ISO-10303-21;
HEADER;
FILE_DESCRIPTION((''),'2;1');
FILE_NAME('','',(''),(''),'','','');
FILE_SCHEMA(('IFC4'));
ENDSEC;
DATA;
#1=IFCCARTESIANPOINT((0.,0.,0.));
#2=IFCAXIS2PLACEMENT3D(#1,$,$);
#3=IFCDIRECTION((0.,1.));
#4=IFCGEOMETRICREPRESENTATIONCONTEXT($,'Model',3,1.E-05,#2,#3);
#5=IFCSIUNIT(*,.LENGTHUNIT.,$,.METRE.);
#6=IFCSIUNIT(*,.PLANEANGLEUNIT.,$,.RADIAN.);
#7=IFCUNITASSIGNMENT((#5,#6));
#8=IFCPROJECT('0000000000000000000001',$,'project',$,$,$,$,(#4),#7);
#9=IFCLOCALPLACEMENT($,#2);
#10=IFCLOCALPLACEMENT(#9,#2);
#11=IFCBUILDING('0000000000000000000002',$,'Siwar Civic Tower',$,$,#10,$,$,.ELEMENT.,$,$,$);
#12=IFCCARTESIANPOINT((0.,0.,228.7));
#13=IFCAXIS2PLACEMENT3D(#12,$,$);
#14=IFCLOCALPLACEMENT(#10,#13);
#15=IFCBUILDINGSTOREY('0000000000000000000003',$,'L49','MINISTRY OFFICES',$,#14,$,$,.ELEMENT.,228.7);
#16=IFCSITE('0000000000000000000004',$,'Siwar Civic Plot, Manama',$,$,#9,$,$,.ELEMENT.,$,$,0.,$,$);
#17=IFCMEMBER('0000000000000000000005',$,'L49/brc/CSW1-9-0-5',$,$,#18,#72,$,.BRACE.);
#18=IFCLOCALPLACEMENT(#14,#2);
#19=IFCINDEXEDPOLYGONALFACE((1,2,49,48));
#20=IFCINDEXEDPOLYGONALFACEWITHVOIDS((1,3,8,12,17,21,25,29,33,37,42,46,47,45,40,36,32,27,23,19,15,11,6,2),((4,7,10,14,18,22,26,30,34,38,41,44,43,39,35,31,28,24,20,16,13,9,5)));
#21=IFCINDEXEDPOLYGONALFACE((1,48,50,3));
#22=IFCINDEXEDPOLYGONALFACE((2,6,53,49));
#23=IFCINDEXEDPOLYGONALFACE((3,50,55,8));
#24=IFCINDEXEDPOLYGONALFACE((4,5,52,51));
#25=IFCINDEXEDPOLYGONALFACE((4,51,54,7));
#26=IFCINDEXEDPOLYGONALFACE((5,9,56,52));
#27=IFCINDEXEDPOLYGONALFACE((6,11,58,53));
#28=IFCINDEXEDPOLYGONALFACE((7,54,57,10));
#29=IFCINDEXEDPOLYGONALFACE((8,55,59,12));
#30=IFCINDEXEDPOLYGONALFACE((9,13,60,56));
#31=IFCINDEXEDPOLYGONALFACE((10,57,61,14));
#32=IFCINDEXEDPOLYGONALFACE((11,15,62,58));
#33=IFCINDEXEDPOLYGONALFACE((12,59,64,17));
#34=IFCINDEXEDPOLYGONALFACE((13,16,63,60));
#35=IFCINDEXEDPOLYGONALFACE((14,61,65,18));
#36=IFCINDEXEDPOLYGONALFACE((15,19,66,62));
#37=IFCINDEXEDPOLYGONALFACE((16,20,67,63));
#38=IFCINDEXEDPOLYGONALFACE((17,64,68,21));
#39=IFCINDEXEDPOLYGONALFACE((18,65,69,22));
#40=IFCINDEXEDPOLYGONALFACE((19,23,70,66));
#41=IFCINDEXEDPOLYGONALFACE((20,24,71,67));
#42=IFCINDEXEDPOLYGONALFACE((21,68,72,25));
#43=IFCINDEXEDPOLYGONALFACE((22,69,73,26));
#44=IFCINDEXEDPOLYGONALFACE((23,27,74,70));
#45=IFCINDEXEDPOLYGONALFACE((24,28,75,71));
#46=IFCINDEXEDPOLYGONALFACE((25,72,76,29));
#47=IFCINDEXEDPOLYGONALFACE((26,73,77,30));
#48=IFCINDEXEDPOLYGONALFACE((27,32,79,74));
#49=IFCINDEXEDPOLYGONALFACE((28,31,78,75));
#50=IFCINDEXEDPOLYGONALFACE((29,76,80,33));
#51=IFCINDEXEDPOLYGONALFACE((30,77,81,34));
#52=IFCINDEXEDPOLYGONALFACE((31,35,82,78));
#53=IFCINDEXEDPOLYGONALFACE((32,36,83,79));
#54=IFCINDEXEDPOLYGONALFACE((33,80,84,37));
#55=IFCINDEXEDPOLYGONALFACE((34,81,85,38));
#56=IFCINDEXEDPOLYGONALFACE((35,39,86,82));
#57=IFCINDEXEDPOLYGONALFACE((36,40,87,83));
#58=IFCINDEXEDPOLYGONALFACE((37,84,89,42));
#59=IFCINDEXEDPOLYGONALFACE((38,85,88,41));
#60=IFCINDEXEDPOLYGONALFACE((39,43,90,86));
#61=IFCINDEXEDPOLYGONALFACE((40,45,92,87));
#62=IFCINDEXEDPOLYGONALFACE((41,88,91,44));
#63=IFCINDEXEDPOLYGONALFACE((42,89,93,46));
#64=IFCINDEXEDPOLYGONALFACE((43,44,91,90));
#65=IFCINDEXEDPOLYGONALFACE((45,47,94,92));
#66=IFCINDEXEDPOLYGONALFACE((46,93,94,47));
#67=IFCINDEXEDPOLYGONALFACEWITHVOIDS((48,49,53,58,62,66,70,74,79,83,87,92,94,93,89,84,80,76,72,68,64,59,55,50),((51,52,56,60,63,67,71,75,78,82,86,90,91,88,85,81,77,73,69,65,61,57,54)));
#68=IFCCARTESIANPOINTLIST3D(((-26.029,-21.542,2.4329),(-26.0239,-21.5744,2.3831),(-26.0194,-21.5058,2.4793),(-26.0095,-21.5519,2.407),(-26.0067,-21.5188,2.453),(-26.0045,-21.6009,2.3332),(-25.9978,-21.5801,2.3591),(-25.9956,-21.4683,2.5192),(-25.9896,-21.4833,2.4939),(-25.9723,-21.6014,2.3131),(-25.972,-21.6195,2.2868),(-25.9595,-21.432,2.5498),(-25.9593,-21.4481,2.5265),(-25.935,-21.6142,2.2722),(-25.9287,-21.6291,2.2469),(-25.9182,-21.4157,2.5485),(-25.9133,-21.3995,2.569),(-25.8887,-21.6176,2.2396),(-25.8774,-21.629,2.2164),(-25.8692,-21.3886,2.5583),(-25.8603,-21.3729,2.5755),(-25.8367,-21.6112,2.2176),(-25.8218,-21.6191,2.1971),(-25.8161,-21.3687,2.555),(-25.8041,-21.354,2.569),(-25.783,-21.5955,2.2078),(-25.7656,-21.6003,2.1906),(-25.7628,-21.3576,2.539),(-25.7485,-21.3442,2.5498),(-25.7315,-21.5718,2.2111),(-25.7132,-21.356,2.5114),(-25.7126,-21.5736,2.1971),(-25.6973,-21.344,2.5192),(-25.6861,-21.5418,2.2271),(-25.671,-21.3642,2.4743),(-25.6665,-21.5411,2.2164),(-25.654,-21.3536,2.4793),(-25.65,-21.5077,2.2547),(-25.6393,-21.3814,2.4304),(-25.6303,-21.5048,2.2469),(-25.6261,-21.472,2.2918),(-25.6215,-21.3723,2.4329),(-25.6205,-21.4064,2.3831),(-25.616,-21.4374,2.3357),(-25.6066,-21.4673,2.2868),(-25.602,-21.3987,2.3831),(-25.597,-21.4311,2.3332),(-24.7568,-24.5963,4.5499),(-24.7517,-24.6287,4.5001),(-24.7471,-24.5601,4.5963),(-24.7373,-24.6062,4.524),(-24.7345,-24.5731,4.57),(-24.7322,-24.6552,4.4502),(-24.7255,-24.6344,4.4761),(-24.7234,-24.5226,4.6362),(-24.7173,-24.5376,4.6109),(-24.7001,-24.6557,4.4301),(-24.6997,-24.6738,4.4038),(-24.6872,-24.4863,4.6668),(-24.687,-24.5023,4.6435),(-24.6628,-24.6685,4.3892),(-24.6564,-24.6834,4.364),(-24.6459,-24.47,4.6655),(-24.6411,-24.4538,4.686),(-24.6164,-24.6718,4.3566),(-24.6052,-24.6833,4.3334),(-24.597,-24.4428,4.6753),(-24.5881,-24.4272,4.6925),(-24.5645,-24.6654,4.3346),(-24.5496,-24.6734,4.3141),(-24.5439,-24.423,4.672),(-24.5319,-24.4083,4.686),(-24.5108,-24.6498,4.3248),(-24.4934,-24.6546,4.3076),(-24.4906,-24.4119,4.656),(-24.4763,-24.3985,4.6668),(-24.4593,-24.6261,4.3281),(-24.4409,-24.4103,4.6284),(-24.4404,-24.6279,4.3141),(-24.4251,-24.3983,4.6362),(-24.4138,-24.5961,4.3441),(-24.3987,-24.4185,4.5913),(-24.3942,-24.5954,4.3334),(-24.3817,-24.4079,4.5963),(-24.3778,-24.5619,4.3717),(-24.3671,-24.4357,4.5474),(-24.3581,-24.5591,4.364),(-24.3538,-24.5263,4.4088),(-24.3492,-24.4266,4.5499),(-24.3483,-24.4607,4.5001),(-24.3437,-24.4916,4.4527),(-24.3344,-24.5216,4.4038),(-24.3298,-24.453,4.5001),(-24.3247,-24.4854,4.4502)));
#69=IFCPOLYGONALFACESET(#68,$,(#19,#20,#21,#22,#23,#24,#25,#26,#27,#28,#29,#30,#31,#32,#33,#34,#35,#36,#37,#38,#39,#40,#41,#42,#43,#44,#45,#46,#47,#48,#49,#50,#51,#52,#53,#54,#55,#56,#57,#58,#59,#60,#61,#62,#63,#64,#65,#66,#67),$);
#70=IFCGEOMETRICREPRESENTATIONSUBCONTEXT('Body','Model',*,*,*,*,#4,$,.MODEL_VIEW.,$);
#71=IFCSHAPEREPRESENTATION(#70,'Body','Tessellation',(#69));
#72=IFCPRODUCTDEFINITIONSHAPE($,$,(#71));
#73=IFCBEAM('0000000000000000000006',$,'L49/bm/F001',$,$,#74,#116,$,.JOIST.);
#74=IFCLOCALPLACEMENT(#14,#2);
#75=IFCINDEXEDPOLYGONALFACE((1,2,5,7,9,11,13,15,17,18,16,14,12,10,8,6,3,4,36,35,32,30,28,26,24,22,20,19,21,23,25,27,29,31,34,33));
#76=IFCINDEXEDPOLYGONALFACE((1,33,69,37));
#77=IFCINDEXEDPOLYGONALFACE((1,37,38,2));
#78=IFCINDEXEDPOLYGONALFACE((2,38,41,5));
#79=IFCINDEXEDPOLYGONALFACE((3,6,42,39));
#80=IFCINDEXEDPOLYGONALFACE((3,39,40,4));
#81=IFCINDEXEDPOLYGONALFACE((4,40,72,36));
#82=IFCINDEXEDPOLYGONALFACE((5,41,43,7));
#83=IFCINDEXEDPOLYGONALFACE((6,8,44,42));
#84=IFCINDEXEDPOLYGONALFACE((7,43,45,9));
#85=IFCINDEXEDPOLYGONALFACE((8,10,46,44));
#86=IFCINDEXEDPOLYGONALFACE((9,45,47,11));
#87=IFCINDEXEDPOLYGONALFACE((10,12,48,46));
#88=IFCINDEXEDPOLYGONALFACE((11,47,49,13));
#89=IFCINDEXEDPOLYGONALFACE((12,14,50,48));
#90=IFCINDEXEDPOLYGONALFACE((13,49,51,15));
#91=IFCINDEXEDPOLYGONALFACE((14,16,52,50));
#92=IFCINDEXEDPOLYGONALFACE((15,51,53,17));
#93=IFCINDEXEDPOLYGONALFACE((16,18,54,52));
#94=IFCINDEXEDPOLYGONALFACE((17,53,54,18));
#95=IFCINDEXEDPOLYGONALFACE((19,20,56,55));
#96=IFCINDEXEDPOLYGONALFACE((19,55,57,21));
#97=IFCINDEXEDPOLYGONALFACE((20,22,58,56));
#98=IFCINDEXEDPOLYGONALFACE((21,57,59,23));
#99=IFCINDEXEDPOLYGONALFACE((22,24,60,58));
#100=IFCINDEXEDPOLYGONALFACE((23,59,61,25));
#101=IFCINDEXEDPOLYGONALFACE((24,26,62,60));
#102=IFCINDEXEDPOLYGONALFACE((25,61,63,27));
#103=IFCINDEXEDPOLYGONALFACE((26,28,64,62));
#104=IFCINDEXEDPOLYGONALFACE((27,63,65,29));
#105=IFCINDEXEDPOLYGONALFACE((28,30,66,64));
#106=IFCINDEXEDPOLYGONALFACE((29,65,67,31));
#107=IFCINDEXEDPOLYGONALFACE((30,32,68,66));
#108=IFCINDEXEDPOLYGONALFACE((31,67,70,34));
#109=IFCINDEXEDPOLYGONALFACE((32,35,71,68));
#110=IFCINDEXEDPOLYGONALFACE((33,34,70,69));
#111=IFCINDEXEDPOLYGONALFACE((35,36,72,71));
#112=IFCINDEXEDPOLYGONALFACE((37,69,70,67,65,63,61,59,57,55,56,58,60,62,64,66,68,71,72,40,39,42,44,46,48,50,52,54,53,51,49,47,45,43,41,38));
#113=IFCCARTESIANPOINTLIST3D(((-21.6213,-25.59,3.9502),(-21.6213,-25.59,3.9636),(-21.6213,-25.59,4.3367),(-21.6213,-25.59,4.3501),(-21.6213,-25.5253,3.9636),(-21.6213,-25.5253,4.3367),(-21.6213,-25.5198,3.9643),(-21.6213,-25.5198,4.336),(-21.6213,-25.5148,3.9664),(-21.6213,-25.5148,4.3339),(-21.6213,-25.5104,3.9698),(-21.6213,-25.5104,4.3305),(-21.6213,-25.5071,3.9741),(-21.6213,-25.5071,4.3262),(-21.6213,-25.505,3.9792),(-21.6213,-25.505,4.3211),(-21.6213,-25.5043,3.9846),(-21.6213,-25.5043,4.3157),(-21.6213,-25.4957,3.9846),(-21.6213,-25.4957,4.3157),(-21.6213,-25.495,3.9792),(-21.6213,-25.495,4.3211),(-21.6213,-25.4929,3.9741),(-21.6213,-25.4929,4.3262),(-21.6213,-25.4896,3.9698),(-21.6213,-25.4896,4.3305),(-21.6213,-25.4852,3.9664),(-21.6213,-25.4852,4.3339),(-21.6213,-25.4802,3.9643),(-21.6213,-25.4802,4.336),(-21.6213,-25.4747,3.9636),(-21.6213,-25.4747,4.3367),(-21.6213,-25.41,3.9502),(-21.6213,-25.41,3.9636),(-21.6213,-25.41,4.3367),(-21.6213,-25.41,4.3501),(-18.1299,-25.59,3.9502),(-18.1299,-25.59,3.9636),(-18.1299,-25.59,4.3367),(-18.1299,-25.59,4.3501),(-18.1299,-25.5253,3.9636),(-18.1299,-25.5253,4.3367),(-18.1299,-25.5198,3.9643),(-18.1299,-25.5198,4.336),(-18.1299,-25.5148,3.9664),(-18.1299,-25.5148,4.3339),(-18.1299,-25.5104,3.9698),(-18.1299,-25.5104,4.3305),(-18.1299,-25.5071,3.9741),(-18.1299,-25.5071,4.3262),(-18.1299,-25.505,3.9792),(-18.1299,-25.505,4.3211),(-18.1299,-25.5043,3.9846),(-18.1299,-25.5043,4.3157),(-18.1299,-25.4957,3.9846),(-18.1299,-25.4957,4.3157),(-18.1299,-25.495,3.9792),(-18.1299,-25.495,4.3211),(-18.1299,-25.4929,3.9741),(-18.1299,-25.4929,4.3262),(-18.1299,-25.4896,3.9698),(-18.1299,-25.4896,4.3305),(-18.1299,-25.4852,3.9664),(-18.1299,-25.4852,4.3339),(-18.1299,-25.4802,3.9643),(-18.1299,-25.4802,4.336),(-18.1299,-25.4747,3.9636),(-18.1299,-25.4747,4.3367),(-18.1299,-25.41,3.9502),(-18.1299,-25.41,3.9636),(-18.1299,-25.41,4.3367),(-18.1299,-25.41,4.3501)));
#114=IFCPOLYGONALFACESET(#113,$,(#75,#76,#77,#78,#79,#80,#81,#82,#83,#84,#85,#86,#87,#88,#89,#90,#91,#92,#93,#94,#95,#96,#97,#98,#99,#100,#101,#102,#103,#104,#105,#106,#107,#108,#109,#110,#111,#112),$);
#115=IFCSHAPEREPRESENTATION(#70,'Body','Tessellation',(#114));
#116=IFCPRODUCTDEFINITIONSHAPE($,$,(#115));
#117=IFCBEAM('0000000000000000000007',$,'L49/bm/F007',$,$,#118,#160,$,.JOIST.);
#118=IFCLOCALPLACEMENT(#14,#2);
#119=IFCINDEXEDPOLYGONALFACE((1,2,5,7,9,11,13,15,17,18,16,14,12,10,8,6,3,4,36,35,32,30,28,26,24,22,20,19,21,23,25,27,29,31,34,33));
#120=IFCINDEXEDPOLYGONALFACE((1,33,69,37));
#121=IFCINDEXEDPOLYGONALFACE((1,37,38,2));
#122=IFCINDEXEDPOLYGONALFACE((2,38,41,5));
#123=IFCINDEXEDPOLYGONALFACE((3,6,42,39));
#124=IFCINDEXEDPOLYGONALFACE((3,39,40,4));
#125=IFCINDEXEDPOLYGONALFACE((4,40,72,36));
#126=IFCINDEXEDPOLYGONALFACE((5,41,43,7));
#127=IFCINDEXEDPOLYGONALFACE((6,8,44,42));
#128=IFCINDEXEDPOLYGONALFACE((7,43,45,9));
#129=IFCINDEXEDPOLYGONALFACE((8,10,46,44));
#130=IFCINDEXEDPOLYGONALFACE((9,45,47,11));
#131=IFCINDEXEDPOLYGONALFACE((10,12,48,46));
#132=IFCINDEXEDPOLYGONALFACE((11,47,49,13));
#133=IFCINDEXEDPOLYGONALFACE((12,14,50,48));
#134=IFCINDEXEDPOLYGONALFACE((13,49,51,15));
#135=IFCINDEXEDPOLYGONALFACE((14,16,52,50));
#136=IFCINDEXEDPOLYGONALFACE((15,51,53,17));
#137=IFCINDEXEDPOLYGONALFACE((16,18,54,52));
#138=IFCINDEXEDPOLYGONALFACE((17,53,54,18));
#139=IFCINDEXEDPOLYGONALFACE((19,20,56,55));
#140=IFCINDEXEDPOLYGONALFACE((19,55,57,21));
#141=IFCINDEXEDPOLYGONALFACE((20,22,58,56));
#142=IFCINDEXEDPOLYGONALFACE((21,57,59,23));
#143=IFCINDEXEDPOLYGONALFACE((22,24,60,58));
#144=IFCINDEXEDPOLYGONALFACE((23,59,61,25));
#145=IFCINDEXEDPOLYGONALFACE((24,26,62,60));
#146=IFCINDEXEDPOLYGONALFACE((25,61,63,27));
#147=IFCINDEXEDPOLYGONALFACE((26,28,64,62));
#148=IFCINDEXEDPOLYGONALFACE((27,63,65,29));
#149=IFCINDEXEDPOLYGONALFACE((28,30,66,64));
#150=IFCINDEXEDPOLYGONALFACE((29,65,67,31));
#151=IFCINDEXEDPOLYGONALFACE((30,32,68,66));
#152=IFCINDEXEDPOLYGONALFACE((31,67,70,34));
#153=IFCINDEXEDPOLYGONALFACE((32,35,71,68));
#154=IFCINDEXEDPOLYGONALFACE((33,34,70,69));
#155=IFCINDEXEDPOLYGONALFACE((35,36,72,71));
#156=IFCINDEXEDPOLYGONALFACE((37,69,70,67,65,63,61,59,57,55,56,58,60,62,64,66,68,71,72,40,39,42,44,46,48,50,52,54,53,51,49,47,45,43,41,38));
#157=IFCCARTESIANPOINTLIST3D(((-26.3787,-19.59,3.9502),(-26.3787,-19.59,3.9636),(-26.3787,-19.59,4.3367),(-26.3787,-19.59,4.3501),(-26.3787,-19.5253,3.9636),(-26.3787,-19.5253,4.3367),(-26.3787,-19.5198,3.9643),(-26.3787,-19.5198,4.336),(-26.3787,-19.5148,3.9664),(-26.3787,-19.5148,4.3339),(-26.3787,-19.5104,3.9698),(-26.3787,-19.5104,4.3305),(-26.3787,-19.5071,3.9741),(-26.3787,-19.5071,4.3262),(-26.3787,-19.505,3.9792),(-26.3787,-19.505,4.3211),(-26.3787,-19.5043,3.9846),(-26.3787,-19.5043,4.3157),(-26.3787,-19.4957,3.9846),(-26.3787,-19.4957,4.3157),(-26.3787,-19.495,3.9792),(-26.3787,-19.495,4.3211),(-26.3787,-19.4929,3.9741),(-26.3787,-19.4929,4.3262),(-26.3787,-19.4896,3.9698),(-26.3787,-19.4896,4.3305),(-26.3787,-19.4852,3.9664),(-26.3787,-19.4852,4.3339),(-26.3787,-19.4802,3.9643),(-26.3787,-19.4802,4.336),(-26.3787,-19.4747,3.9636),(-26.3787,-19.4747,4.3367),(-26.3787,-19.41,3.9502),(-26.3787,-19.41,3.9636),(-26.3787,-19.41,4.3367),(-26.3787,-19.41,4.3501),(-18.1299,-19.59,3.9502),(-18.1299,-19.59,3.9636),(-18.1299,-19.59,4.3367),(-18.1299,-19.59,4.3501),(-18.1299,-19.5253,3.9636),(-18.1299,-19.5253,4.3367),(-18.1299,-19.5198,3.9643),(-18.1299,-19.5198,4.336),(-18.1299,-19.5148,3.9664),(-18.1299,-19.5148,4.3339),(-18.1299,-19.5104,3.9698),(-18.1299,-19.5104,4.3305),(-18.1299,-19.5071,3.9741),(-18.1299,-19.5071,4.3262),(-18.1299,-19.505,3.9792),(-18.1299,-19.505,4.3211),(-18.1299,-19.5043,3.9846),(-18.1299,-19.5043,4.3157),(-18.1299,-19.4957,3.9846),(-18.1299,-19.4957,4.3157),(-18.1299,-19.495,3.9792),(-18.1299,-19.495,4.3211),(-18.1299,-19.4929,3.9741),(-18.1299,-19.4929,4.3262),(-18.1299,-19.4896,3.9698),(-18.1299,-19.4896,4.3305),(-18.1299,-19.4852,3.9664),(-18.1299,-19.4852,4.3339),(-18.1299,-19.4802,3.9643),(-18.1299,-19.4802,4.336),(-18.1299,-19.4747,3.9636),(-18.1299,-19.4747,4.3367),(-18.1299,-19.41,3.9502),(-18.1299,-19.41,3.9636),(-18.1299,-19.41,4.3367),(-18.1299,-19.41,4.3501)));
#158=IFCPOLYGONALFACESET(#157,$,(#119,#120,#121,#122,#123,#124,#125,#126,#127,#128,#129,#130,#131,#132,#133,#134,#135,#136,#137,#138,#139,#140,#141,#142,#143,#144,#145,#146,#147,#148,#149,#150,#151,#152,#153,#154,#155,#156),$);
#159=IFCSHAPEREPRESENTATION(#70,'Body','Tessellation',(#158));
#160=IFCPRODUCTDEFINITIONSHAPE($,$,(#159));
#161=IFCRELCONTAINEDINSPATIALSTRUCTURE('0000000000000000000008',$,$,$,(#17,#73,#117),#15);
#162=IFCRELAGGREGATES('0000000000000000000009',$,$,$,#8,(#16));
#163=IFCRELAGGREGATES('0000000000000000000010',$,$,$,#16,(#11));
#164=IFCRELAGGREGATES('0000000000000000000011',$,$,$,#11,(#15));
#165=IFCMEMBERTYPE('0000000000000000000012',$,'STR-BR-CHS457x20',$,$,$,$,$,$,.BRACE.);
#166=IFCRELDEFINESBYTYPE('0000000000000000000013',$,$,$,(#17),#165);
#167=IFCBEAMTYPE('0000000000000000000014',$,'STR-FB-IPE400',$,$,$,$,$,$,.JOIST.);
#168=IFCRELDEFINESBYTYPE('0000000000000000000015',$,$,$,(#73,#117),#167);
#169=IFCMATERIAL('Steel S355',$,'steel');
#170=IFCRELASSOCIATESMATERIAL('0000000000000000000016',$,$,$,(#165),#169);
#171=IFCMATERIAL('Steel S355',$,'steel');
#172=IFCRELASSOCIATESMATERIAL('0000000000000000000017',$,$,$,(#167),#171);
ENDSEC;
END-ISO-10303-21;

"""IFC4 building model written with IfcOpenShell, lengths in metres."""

from ifc_helpers import new_model, si_unit, direction, frame, origin, origin_2d, place, context, subcontext, project, spatial, hollow_circle, i_section, extrude, material, material_profile, profile_set, type_object, element, save


model = new_model("IFC4")

# Units and contexts
model_context = context("Model", 3, precision=1e-05, world=origin(), true_north=direction((0.0, 1.0)))
body_context = subcontext(model_context, "Body", "Model", "MODEL_VIEW")
ifc_project = project(units=[si_unit("LENGTHUNIT", "METRE"), si_unit("PLANEANGLEUNIT", "RADIAN")], contexts=[model_context])

# Site, building, storey
site_placement = place(None, origin())
site = spatial("IfcSite", under=ifc_project, at=site_placement, Name="Siwar Civic Plot, Manama", CompositionType="ELEMENT", RefElevation=0.0)
building_placement = place(site_placement, origin())
building = spatial("IfcBuilding", under=site, at=building_placement, Name="Siwar Civic Tower", CompositionType="ELEMENT")
storey_placement = place(building_placement, frame((0.0, 0.0, 228.7)))
storey = spatial("IfcBuildingStorey", under=building, at=storey_placement, Name="L49", Description="MINISTRY OFFICES", CompositionType="ELEMENT", Elevation=228.7)

# Member
ifc_material_1 = material(Name="Steel S355", Category="steel")
ifc_material_profile_1 = material_profile(ifc_material_1, hollow_circle(Radius=0.2285, WallThickness=0.02, at=origin_2d()), Name="CHS457x20")
ifc_profile_set_1 = profile_set([ifc_material_profile_1], Name="Steel S355")
member_type_1 = type_object("IfcMemberType", Name="STR-BR-CHS457x20", PredefinedType="BRACE", material=ifc_profile_set_1)
for number, where, z_axis, x_axis, name in (
    (1, (-25.813, -21.4866, 2.3831), (0.323895, -0.777572, 0.538955), (0.923116, 0.384521, 0.0), "L49/brc/CSW1-9-0-5"),
):
    element("IfcMember", number, at=place(storey_placement, frame(where, z_axis=z_axis, x_axis=x_axis)), inside=storey, type_object=member_type_1, Name=name, PredefinedType="BRACE", context=body_context, shape_type="SweptSolid", body=[
        extrude(hollow_circle(Radius=0.2285, WallThickness=0.02, at=origin_2d()), origin(), (0.0, 0.0, 1.0), 3.928),
    ])

# Beams
ifc_material_2 = material(Name="Steel S355", Category="steel")
ifc_material_profile_2 = material_profile(ifc_material_2, i_section(OverallWidth=0.1799, OverallDepth=0.3999, WebThickness=0.0085, FlangeThickness=0.0134, FilletRadius=0.021, at=origin_2d()), Name="IPE400")
ifc_profile_set_2 = profile_set([ifc_material_profile_2], Name="Steel S355")
beam_type_1 = type_object("IfcBeamType", Name="STR-FB-IPE400", PredefinedType="JOIST", material=ifc_profile_set_2)
beam_1_placement = place(storey_placement, frame((-21.6213, -25.5, 4.1501), z_axis=(1.0, 0.0, 0.0), x_axis=(0.0, 1.0, 0.0)))
element("IfcBeam", 2, at=beam_1_placement, inside=storey, type_object=beam_type_1, Name="L49/bm/F001", PredefinedType="JOIST", context=body_context, shape_type="SweptSolid", body=[
    extrude(i_section(OverallWidth=0.1799, OverallDepth=0.3999, WebThickness=0.0085, FlangeThickness=0.0134, FilletRadius=0.021, at=origin_2d()), origin(), (0.0, 0.0, 1.0), 3.4915),
])
beam_2_placement = place(storey_placement, frame((-26.3787, -19.5, 4.1501), z_axis=(1.0, 0.0, 0.0), x_axis=(0.0, 1.0, 0.0)))
element("IfcBeam", 3, at=beam_2_placement, inside=storey, type_object=beam_type_1, Name="L49/bm/F007", PredefinedType="JOIST", context=body_context, shape_type="SweptSolid", body=[
    extrude(i_section(OverallWidth=0.1799, OverallDepth=0.3999, WebThickness=0.0085, FlangeThickness=0.0134, FilletRadius=0.021, at=origin_2d()), origin(), (0.0, 0.0, 1.0), 8.2488),
])

save(model, "model.ifc")
